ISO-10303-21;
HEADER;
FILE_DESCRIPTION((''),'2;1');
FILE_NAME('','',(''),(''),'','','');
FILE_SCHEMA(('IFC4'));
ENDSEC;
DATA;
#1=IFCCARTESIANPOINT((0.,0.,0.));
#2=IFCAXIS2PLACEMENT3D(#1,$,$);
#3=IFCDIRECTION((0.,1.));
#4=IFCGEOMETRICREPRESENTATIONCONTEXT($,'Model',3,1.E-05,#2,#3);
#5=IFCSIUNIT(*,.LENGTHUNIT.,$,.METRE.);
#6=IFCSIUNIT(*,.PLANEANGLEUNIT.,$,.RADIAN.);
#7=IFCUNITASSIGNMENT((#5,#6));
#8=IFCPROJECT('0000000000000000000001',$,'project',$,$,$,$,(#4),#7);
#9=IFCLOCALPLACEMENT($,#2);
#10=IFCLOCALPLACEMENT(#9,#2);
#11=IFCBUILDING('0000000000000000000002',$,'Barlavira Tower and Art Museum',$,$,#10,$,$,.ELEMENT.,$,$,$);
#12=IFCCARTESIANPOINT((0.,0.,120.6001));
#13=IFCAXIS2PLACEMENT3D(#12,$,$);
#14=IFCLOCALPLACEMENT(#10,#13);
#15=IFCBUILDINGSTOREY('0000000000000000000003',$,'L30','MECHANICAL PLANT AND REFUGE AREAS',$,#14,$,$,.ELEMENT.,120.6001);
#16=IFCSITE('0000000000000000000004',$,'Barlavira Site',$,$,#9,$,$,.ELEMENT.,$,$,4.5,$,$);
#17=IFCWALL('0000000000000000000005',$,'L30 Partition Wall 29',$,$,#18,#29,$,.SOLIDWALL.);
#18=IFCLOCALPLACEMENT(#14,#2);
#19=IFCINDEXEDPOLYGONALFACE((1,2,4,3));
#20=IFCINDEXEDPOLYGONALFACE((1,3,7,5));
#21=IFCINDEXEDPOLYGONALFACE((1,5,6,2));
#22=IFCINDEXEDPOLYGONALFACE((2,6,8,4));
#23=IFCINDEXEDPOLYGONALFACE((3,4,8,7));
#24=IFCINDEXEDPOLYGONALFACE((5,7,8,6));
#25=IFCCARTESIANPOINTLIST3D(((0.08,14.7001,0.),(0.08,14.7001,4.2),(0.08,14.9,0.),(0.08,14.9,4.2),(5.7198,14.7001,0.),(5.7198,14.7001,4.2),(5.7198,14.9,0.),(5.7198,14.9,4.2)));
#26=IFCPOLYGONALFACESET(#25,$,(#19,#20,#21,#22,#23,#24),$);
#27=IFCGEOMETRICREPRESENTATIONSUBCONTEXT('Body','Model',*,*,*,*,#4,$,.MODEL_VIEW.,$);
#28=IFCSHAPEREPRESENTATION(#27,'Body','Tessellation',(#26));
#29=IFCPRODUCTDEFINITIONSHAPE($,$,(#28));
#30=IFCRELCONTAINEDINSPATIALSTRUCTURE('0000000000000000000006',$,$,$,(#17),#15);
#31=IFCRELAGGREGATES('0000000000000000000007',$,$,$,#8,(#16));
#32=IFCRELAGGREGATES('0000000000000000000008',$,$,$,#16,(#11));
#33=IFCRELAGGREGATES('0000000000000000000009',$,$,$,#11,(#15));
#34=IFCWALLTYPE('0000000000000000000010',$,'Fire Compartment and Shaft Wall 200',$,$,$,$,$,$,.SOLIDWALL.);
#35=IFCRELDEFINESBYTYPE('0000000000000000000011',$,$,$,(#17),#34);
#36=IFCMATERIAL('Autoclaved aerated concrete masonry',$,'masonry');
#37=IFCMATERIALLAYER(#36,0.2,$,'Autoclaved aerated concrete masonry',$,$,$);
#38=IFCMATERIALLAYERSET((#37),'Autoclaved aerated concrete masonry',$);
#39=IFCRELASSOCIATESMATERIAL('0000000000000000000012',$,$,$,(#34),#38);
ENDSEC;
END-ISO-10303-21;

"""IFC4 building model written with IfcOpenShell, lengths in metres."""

from ifc_helpers import new_model, si_unit, direction, frame, frame_2d, origin, place, context, subcontext, project, spatial, rectangle, extrude, material, layer, layer_set, type_object, element, save


model = new_model("IFC4")

# Units and contexts
model_context = context("Model", 3, precision=1e-05, world=origin(), true_north=direction((0.0, 1.0)))
body_context = subcontext(model_context, "Body", "Model", "MODEL_VIEW")
ifc_project = project(units=[si_unit("LENGTHUNIT", "METRE"), si_unit("PLANEANGLEUNIT", "RADIAN")], contexts=[model_context])

# Site, building, storey
site_placement = place(None, origin())
site = spatial("IfcSite", under=ifc_project, at=site_placement, Name="Barlavira Site", CompositionType="ELEMENT", RefElevation=4.5)
building_placement = place(site_placement, origin())
building = spatial("IfcBuilding", under=site, at=building_placement, Name="Barlavira Tower and Art Museum", CompositionType="ELEMENT")
storey_placement = place(building_placement, frame((0.0, 0.0, 120.6001)))
storey = spatial("IfcBuildingStorey", under=building, at=storey_placement, Name="L30", Description="MECHANICAL PLANT AND REFUGE AREAS", CompositionType="ELEMENT", Elevation=120.6001)

# Wall
ifc_material_1 = material(Name="Autoclaved aerated concrete masonry", Category="masonry")
ifc_layer_1 = layer(ifc_material_1, 0.2, Name="Autoclaved aerated concrete masonry")
ifc_layer_set_1 = layer_set([ifc_layer_1], Name="Autoclaved aerated concrete masonry")
wall_type = type_object("IfcWallType", Name="Fire Compartment and Shaft Wall 200", PredefinedType="SOLIDWALL", material=ifc_layer_set_1)
wall_placement = place(storey_placement, frame((0.0801, 14.8, 0.0), z_axis=(0.0, 0.0, 1.0), x_axis=(1.0, 0.0, 0.0)))
element("IfcWall", 1, at=wall_placement, inside=storey, type_object=wall_type, Name="L30 Partition Wall 29", PredefinedType="SOLIDWALL", context=body_context, shape_type="SweptSolid", body=[
    extrude(rectangle(XDim=5.6399, YDim=0.2, at=frame_2d((2.8198, 0.0))), origin(), (0.0, 0.0, 1.0), 4.2),
])

save(model, "model.ifc")
